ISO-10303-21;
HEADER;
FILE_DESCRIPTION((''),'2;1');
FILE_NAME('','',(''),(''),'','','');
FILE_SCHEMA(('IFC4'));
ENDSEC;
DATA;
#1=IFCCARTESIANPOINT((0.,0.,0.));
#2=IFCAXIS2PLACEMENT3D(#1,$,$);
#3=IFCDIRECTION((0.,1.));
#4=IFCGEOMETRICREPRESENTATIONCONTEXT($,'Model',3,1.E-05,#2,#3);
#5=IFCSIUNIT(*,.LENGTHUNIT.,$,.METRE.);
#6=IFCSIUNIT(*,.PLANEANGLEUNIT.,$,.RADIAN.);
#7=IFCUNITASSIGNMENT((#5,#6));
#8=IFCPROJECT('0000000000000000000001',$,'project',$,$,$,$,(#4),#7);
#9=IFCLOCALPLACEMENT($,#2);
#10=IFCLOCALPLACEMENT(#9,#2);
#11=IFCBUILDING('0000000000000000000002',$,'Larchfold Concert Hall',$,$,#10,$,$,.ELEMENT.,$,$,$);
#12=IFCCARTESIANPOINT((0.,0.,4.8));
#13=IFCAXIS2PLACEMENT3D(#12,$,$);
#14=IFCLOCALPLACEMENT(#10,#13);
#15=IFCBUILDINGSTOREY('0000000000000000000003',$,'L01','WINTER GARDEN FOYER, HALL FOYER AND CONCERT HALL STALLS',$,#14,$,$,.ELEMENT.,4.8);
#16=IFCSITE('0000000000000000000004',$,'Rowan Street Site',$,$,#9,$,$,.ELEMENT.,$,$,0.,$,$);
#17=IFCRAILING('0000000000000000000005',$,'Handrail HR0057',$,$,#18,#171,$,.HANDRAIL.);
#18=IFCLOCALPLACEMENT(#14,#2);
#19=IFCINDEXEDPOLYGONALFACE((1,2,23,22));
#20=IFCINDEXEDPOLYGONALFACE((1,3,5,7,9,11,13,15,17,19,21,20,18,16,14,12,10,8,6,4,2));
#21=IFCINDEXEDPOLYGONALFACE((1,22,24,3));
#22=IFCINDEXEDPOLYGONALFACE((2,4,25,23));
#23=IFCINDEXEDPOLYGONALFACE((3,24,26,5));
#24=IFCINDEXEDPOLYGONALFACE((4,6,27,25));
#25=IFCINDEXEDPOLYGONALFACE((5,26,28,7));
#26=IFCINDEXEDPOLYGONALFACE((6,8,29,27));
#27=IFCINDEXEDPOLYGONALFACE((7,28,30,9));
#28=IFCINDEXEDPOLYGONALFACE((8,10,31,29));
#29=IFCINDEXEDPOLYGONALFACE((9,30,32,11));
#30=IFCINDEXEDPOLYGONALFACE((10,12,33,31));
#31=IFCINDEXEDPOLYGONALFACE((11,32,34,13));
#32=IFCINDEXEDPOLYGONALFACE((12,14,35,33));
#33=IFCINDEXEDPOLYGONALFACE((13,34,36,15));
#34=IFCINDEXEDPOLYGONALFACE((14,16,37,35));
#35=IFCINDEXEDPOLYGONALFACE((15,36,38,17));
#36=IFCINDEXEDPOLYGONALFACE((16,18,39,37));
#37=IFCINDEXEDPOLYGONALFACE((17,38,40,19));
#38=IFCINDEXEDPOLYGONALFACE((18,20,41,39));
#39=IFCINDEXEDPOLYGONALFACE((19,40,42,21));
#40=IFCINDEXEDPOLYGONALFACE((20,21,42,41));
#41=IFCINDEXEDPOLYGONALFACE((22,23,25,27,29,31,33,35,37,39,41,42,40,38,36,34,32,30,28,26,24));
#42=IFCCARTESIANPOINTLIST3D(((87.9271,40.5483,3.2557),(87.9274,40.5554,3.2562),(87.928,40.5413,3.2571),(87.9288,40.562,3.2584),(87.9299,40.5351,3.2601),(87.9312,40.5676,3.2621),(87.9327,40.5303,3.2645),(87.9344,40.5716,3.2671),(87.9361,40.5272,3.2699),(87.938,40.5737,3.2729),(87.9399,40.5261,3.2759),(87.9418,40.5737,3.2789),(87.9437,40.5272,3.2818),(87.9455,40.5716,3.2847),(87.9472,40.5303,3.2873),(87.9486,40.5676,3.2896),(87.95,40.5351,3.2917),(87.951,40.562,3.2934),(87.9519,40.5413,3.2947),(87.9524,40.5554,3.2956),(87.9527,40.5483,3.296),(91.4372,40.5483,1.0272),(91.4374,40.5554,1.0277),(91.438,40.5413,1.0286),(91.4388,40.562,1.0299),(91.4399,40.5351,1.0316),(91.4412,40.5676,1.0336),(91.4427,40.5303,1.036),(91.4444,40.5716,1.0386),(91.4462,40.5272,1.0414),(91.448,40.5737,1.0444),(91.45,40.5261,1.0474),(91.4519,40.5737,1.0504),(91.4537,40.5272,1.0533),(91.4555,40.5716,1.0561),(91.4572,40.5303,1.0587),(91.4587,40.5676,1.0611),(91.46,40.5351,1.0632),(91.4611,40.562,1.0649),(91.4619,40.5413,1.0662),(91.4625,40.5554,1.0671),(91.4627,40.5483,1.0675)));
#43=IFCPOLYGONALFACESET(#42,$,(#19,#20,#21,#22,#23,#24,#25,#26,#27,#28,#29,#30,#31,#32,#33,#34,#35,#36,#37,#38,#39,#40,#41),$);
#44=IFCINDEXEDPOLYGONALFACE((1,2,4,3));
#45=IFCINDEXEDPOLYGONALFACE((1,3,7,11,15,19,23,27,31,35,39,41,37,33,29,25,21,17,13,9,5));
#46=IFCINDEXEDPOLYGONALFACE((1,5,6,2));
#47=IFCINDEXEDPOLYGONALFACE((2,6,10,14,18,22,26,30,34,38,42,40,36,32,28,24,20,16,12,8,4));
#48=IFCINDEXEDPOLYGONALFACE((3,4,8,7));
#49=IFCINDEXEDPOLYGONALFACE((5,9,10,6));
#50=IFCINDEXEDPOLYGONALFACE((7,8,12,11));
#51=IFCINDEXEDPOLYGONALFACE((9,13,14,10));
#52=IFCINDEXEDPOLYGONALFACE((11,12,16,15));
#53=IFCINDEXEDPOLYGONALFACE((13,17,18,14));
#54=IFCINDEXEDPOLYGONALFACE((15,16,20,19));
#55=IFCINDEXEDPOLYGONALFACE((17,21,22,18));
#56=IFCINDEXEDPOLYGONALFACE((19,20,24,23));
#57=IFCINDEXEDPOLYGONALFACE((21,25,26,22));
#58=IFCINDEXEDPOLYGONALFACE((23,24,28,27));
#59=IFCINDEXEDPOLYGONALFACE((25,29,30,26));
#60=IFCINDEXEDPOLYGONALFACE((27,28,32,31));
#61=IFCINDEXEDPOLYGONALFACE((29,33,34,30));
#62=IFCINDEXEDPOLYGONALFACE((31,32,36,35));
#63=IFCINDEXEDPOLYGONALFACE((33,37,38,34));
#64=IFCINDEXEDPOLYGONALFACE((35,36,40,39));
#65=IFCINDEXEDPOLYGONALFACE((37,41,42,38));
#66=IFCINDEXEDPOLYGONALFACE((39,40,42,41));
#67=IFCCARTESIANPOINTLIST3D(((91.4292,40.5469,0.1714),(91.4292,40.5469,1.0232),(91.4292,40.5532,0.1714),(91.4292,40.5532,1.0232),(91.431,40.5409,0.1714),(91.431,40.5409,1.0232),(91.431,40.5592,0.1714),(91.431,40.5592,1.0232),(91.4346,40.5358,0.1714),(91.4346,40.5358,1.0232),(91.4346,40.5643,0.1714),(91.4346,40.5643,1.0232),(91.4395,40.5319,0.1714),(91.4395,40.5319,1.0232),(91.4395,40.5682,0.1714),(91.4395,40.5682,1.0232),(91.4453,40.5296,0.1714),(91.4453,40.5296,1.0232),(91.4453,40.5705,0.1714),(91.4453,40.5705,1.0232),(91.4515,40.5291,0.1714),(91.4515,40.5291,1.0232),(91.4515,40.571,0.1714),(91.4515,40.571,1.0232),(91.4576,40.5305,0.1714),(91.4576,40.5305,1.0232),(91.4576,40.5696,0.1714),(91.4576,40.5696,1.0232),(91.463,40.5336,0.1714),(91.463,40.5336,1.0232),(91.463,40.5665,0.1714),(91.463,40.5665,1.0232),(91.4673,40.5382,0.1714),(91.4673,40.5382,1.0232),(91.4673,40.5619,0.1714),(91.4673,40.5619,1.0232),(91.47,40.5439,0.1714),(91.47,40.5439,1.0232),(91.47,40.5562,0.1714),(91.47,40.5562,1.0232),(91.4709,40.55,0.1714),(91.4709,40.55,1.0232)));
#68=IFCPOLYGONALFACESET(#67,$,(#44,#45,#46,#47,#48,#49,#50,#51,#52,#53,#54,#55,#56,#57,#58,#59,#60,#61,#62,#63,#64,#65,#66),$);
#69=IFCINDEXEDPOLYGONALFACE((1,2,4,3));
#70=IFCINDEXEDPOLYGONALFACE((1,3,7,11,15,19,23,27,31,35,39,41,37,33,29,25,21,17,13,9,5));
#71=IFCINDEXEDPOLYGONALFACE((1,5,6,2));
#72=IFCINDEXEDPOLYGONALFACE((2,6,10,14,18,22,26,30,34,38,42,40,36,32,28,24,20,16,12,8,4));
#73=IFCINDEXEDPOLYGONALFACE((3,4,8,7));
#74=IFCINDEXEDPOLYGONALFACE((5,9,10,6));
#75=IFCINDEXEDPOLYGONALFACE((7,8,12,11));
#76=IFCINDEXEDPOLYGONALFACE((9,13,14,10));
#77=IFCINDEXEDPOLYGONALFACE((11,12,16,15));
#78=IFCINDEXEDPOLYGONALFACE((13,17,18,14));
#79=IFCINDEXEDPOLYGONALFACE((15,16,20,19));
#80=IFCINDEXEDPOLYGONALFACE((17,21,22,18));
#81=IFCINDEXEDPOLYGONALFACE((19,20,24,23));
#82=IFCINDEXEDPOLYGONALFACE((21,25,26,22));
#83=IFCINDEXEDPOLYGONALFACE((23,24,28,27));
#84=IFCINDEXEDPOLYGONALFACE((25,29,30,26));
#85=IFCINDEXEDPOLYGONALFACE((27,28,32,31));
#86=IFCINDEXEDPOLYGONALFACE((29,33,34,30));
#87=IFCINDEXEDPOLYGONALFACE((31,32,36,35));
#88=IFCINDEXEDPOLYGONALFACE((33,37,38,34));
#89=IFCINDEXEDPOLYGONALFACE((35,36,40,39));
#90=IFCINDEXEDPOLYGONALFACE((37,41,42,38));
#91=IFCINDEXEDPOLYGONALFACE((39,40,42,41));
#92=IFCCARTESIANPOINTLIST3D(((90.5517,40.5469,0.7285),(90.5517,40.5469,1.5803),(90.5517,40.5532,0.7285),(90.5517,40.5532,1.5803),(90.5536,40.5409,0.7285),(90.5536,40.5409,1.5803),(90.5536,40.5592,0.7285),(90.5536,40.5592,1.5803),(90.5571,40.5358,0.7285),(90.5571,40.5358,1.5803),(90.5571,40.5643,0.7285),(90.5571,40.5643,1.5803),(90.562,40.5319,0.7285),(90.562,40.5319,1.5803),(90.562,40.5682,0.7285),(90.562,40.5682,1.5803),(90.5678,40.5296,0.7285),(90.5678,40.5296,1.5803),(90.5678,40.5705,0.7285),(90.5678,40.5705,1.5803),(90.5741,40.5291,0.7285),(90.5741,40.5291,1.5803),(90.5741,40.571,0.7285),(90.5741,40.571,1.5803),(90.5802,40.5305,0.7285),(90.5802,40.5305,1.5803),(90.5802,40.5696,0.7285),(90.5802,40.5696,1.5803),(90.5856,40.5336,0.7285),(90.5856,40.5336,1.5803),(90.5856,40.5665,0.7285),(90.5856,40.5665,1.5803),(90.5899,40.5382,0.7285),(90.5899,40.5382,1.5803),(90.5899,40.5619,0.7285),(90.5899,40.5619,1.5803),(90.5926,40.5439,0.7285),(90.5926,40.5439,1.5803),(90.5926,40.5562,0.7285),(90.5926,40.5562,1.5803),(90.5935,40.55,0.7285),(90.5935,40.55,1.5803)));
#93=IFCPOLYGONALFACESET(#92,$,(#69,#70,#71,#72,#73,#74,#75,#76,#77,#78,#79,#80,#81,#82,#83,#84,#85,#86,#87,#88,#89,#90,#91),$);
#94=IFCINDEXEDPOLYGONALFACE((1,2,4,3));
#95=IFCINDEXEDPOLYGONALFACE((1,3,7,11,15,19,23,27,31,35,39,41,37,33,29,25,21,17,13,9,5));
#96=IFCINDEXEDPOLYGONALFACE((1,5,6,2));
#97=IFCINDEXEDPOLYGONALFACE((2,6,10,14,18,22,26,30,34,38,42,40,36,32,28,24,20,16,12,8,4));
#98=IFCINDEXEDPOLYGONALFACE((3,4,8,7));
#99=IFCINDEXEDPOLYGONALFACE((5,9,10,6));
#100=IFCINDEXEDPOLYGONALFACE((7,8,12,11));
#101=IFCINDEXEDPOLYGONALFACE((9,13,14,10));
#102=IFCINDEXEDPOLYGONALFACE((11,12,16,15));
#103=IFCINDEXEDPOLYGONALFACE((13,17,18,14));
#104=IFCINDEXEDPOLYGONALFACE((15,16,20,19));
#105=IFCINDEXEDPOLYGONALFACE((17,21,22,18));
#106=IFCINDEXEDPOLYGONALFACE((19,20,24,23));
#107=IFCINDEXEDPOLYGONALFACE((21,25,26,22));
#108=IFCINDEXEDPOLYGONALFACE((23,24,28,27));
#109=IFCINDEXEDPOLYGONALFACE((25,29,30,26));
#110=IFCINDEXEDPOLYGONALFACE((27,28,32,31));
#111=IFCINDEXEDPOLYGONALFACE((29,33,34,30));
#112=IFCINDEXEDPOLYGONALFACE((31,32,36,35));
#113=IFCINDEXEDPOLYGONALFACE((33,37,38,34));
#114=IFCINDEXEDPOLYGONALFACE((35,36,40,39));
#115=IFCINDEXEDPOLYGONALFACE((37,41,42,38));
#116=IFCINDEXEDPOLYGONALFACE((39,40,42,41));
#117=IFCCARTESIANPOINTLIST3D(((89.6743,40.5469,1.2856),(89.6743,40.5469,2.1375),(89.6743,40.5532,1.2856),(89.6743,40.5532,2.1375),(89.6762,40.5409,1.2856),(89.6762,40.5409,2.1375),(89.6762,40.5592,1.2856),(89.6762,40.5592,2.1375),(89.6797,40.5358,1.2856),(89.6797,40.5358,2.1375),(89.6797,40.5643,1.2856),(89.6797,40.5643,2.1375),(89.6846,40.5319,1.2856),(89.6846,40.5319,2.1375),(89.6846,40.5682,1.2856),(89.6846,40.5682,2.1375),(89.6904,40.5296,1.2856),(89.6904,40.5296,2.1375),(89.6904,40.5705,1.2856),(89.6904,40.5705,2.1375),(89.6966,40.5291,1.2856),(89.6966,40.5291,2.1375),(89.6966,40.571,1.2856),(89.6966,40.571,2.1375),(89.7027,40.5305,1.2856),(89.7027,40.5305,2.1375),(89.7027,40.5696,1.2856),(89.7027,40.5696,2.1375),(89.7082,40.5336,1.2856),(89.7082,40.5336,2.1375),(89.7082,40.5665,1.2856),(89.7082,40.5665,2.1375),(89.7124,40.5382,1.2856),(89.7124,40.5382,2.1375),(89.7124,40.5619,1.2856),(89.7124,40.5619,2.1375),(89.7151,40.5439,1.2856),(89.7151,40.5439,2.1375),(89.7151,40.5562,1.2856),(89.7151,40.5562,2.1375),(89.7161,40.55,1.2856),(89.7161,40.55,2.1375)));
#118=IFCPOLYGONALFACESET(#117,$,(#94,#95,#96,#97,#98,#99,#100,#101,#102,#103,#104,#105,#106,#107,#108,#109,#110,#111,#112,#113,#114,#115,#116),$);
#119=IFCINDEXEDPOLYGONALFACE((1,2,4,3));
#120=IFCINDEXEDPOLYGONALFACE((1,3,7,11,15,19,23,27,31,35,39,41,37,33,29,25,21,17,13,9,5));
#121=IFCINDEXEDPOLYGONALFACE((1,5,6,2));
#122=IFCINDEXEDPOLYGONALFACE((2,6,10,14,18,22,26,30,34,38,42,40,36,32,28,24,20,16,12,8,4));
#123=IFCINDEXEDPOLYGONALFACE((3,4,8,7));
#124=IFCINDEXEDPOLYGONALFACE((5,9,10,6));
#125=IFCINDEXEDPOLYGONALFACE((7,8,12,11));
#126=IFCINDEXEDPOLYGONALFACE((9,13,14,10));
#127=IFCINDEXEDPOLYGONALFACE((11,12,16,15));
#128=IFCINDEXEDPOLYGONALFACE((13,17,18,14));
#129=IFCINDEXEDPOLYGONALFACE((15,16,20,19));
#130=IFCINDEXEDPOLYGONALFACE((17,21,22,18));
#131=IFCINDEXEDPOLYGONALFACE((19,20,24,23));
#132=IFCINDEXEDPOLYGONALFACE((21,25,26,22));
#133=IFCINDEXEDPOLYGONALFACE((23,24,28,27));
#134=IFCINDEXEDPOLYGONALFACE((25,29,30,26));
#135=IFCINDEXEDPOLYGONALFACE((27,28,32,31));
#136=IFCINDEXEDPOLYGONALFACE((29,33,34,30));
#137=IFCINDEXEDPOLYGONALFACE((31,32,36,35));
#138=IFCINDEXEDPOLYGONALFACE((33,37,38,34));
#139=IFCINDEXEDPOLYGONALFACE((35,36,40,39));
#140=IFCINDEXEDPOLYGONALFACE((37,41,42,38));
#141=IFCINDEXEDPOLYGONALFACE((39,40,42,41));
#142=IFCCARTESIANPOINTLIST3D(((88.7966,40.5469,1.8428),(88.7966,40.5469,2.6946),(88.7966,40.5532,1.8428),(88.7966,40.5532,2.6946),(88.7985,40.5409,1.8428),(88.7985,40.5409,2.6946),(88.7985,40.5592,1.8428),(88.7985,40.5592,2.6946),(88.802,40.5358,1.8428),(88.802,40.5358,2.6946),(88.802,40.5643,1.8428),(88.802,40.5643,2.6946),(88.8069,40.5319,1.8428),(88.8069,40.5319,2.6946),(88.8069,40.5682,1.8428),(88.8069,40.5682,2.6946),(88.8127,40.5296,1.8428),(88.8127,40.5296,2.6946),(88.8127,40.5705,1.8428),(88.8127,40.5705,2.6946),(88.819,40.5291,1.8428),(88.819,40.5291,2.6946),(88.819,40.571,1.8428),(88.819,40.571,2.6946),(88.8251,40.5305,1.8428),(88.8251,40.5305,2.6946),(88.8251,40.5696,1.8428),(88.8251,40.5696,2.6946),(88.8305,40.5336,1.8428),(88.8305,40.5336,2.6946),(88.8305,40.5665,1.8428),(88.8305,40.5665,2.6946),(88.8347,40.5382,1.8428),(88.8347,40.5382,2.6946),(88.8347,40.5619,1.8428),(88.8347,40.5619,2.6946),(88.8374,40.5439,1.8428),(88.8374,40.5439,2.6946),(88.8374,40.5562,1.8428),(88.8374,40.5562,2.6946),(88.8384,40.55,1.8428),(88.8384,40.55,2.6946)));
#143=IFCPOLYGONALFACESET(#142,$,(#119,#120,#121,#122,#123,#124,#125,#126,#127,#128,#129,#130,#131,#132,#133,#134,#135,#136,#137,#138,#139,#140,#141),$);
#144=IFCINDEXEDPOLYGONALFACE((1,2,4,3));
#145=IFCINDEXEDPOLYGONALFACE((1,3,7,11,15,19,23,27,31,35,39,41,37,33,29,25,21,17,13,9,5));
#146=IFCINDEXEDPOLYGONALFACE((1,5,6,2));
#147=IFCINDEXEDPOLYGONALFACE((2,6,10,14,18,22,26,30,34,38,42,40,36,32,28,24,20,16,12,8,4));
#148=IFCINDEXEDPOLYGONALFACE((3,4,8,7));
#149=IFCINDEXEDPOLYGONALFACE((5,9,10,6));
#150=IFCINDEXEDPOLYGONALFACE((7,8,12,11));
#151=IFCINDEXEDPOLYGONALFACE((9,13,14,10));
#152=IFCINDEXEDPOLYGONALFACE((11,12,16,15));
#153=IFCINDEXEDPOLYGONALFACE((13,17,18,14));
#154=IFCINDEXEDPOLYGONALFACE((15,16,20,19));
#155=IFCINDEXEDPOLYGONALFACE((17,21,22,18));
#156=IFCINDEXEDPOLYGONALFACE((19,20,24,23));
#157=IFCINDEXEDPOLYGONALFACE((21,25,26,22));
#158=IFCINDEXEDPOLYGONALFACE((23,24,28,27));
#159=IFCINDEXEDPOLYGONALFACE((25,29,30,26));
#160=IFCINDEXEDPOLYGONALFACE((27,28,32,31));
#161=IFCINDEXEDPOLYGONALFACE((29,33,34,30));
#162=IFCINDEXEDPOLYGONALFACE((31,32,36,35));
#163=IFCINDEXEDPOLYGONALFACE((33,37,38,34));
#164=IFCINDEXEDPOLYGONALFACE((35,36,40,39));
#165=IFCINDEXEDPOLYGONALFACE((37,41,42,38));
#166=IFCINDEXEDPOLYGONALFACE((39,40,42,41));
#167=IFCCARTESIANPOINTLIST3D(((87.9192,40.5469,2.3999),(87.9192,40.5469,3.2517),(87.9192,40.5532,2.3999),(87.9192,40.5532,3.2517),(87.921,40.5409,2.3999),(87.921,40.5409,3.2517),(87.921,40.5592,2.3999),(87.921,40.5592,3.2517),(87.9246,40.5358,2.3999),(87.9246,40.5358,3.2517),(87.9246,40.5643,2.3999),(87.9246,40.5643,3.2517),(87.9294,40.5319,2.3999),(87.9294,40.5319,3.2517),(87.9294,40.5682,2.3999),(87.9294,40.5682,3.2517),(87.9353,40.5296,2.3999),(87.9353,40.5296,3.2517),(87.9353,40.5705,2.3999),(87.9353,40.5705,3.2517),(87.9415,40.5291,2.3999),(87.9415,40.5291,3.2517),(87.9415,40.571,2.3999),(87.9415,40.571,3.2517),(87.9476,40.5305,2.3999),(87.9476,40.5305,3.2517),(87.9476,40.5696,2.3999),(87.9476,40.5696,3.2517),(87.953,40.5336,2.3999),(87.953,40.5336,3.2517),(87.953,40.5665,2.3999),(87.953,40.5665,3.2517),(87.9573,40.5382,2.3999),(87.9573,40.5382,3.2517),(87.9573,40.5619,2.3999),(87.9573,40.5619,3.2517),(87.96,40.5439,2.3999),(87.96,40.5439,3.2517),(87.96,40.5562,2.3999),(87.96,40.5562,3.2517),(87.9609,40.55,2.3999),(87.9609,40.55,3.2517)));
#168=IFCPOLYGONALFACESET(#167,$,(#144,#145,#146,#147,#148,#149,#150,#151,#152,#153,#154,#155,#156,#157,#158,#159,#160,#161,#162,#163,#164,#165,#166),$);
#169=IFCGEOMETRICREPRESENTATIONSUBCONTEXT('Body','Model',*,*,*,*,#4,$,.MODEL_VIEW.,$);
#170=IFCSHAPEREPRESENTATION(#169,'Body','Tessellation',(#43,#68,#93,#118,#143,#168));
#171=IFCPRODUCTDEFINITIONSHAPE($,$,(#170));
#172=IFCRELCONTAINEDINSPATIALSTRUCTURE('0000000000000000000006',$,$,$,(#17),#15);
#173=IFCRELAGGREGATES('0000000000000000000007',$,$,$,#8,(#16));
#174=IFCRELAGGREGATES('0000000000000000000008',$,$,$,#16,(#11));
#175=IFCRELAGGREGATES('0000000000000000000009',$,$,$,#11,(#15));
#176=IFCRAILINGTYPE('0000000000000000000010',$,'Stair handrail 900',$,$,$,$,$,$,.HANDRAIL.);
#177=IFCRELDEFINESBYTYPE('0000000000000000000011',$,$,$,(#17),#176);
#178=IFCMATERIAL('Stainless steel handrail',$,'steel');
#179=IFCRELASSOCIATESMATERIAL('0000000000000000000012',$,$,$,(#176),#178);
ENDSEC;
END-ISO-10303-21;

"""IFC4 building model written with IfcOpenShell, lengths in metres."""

from ifc_helpers import new_model, si_unit, direction, frame, origin, origin_2d, place, context, subcontext, project, spatial, circle, extrude, material, type_object, element, save


model = new_model("IFC4")

# Units and contexts
model_context = context("Model", 3, precision=1e-05, world=origin(), true_north=direction((0.0, 1.0)))
body_context = subcontext(model_context, "Body", "Model", "MODEL_VIEW")
ifc_project = project(units=[si_unit("LENGTHUNIT", "METRE"), si_unit("PLANEANGLEUNIT", "RADIAN")], contexts=[model_context])

# Site, building, storey
site_placement = place(None, origin())
site = spatial("IfcSite", under=ifc_project, at=site_placement, Name="Rowan Street Site", CompositionType="ELEMENT", RefElevation=0.0)
building_placement = place(site_placement, origin())
building = spatial("IfcBuilding", under=site, at=building_placement, Name="Larchfold Concert Hall", CompositionType="ELEMENT")
storey_placement = place(building_placement, frame((0.0, 0.0, 4.8)))
storey = spatial("IfcBuildingStorey", under=building, at=storey_placement, Name="L01", Description="WINTER GARDEN FOYER, HALL FOYER AND CONCERT HALL STALLS", CompositionType="ELEMENT", Elevation=4.8)

# Railing
ifc_material_1 = material(Name="Stainless steel handrail", Category="steel")
railing_type = type_object("IfcRailingType", Name="Stair handrail 900", PredefinedType="HANDRAIL", material=ifc_material_1)
railing_placement = place(storey_placement, frame((91.45, 40.55, 0.1714)))
element("IfcRailing", 1, at=railing_placement, inside=storey, type_object=railing_type, Name="Handrail HR0057", PredefinedType="HANDRAIL", context=body_context, shape_type="SweptSolid", body=[
    extrude(circle(Radius=0.0239, at=origin_2d()), frame((0.0, 0.0, 0.876), z_axis=(-0.84422, 0.0, 0.535998), x_axis=(0.0, -1.0, 0.0)), (0.0, 0.0, 1.0), 4.1577),
    extrude(circle(Radius=0.021, at=origin_2d()), origin(), (0.0, 0.0, 1.0), 0.8518),
    extrude(circle(Radius=0.021, at=origin_2d()), frame((-0.8774, 0.0, 0.5571)), (0.0, 0.0, 1.0), 0.8518),
    extrude(circle(Radius=0.021, at=origin_2d()), frame((-1.7549, 0.0, 1.1143)), (0.0, 0.0, 1.0), 0.8518),
    extrude(circle(Radius=0.021, at=origin_2d()), frame((-2.6326, 0.0, 1.6714)), (0.0, 0.0, 1.0), 0.8518),
    extrude(circle(Radius=0.021, at=origin_2d()), frame((-3.51, 0.0, 2.2285)), (0.0, 0.0, 1.0), 0.8518),
])

save(model, "model.ifc")
